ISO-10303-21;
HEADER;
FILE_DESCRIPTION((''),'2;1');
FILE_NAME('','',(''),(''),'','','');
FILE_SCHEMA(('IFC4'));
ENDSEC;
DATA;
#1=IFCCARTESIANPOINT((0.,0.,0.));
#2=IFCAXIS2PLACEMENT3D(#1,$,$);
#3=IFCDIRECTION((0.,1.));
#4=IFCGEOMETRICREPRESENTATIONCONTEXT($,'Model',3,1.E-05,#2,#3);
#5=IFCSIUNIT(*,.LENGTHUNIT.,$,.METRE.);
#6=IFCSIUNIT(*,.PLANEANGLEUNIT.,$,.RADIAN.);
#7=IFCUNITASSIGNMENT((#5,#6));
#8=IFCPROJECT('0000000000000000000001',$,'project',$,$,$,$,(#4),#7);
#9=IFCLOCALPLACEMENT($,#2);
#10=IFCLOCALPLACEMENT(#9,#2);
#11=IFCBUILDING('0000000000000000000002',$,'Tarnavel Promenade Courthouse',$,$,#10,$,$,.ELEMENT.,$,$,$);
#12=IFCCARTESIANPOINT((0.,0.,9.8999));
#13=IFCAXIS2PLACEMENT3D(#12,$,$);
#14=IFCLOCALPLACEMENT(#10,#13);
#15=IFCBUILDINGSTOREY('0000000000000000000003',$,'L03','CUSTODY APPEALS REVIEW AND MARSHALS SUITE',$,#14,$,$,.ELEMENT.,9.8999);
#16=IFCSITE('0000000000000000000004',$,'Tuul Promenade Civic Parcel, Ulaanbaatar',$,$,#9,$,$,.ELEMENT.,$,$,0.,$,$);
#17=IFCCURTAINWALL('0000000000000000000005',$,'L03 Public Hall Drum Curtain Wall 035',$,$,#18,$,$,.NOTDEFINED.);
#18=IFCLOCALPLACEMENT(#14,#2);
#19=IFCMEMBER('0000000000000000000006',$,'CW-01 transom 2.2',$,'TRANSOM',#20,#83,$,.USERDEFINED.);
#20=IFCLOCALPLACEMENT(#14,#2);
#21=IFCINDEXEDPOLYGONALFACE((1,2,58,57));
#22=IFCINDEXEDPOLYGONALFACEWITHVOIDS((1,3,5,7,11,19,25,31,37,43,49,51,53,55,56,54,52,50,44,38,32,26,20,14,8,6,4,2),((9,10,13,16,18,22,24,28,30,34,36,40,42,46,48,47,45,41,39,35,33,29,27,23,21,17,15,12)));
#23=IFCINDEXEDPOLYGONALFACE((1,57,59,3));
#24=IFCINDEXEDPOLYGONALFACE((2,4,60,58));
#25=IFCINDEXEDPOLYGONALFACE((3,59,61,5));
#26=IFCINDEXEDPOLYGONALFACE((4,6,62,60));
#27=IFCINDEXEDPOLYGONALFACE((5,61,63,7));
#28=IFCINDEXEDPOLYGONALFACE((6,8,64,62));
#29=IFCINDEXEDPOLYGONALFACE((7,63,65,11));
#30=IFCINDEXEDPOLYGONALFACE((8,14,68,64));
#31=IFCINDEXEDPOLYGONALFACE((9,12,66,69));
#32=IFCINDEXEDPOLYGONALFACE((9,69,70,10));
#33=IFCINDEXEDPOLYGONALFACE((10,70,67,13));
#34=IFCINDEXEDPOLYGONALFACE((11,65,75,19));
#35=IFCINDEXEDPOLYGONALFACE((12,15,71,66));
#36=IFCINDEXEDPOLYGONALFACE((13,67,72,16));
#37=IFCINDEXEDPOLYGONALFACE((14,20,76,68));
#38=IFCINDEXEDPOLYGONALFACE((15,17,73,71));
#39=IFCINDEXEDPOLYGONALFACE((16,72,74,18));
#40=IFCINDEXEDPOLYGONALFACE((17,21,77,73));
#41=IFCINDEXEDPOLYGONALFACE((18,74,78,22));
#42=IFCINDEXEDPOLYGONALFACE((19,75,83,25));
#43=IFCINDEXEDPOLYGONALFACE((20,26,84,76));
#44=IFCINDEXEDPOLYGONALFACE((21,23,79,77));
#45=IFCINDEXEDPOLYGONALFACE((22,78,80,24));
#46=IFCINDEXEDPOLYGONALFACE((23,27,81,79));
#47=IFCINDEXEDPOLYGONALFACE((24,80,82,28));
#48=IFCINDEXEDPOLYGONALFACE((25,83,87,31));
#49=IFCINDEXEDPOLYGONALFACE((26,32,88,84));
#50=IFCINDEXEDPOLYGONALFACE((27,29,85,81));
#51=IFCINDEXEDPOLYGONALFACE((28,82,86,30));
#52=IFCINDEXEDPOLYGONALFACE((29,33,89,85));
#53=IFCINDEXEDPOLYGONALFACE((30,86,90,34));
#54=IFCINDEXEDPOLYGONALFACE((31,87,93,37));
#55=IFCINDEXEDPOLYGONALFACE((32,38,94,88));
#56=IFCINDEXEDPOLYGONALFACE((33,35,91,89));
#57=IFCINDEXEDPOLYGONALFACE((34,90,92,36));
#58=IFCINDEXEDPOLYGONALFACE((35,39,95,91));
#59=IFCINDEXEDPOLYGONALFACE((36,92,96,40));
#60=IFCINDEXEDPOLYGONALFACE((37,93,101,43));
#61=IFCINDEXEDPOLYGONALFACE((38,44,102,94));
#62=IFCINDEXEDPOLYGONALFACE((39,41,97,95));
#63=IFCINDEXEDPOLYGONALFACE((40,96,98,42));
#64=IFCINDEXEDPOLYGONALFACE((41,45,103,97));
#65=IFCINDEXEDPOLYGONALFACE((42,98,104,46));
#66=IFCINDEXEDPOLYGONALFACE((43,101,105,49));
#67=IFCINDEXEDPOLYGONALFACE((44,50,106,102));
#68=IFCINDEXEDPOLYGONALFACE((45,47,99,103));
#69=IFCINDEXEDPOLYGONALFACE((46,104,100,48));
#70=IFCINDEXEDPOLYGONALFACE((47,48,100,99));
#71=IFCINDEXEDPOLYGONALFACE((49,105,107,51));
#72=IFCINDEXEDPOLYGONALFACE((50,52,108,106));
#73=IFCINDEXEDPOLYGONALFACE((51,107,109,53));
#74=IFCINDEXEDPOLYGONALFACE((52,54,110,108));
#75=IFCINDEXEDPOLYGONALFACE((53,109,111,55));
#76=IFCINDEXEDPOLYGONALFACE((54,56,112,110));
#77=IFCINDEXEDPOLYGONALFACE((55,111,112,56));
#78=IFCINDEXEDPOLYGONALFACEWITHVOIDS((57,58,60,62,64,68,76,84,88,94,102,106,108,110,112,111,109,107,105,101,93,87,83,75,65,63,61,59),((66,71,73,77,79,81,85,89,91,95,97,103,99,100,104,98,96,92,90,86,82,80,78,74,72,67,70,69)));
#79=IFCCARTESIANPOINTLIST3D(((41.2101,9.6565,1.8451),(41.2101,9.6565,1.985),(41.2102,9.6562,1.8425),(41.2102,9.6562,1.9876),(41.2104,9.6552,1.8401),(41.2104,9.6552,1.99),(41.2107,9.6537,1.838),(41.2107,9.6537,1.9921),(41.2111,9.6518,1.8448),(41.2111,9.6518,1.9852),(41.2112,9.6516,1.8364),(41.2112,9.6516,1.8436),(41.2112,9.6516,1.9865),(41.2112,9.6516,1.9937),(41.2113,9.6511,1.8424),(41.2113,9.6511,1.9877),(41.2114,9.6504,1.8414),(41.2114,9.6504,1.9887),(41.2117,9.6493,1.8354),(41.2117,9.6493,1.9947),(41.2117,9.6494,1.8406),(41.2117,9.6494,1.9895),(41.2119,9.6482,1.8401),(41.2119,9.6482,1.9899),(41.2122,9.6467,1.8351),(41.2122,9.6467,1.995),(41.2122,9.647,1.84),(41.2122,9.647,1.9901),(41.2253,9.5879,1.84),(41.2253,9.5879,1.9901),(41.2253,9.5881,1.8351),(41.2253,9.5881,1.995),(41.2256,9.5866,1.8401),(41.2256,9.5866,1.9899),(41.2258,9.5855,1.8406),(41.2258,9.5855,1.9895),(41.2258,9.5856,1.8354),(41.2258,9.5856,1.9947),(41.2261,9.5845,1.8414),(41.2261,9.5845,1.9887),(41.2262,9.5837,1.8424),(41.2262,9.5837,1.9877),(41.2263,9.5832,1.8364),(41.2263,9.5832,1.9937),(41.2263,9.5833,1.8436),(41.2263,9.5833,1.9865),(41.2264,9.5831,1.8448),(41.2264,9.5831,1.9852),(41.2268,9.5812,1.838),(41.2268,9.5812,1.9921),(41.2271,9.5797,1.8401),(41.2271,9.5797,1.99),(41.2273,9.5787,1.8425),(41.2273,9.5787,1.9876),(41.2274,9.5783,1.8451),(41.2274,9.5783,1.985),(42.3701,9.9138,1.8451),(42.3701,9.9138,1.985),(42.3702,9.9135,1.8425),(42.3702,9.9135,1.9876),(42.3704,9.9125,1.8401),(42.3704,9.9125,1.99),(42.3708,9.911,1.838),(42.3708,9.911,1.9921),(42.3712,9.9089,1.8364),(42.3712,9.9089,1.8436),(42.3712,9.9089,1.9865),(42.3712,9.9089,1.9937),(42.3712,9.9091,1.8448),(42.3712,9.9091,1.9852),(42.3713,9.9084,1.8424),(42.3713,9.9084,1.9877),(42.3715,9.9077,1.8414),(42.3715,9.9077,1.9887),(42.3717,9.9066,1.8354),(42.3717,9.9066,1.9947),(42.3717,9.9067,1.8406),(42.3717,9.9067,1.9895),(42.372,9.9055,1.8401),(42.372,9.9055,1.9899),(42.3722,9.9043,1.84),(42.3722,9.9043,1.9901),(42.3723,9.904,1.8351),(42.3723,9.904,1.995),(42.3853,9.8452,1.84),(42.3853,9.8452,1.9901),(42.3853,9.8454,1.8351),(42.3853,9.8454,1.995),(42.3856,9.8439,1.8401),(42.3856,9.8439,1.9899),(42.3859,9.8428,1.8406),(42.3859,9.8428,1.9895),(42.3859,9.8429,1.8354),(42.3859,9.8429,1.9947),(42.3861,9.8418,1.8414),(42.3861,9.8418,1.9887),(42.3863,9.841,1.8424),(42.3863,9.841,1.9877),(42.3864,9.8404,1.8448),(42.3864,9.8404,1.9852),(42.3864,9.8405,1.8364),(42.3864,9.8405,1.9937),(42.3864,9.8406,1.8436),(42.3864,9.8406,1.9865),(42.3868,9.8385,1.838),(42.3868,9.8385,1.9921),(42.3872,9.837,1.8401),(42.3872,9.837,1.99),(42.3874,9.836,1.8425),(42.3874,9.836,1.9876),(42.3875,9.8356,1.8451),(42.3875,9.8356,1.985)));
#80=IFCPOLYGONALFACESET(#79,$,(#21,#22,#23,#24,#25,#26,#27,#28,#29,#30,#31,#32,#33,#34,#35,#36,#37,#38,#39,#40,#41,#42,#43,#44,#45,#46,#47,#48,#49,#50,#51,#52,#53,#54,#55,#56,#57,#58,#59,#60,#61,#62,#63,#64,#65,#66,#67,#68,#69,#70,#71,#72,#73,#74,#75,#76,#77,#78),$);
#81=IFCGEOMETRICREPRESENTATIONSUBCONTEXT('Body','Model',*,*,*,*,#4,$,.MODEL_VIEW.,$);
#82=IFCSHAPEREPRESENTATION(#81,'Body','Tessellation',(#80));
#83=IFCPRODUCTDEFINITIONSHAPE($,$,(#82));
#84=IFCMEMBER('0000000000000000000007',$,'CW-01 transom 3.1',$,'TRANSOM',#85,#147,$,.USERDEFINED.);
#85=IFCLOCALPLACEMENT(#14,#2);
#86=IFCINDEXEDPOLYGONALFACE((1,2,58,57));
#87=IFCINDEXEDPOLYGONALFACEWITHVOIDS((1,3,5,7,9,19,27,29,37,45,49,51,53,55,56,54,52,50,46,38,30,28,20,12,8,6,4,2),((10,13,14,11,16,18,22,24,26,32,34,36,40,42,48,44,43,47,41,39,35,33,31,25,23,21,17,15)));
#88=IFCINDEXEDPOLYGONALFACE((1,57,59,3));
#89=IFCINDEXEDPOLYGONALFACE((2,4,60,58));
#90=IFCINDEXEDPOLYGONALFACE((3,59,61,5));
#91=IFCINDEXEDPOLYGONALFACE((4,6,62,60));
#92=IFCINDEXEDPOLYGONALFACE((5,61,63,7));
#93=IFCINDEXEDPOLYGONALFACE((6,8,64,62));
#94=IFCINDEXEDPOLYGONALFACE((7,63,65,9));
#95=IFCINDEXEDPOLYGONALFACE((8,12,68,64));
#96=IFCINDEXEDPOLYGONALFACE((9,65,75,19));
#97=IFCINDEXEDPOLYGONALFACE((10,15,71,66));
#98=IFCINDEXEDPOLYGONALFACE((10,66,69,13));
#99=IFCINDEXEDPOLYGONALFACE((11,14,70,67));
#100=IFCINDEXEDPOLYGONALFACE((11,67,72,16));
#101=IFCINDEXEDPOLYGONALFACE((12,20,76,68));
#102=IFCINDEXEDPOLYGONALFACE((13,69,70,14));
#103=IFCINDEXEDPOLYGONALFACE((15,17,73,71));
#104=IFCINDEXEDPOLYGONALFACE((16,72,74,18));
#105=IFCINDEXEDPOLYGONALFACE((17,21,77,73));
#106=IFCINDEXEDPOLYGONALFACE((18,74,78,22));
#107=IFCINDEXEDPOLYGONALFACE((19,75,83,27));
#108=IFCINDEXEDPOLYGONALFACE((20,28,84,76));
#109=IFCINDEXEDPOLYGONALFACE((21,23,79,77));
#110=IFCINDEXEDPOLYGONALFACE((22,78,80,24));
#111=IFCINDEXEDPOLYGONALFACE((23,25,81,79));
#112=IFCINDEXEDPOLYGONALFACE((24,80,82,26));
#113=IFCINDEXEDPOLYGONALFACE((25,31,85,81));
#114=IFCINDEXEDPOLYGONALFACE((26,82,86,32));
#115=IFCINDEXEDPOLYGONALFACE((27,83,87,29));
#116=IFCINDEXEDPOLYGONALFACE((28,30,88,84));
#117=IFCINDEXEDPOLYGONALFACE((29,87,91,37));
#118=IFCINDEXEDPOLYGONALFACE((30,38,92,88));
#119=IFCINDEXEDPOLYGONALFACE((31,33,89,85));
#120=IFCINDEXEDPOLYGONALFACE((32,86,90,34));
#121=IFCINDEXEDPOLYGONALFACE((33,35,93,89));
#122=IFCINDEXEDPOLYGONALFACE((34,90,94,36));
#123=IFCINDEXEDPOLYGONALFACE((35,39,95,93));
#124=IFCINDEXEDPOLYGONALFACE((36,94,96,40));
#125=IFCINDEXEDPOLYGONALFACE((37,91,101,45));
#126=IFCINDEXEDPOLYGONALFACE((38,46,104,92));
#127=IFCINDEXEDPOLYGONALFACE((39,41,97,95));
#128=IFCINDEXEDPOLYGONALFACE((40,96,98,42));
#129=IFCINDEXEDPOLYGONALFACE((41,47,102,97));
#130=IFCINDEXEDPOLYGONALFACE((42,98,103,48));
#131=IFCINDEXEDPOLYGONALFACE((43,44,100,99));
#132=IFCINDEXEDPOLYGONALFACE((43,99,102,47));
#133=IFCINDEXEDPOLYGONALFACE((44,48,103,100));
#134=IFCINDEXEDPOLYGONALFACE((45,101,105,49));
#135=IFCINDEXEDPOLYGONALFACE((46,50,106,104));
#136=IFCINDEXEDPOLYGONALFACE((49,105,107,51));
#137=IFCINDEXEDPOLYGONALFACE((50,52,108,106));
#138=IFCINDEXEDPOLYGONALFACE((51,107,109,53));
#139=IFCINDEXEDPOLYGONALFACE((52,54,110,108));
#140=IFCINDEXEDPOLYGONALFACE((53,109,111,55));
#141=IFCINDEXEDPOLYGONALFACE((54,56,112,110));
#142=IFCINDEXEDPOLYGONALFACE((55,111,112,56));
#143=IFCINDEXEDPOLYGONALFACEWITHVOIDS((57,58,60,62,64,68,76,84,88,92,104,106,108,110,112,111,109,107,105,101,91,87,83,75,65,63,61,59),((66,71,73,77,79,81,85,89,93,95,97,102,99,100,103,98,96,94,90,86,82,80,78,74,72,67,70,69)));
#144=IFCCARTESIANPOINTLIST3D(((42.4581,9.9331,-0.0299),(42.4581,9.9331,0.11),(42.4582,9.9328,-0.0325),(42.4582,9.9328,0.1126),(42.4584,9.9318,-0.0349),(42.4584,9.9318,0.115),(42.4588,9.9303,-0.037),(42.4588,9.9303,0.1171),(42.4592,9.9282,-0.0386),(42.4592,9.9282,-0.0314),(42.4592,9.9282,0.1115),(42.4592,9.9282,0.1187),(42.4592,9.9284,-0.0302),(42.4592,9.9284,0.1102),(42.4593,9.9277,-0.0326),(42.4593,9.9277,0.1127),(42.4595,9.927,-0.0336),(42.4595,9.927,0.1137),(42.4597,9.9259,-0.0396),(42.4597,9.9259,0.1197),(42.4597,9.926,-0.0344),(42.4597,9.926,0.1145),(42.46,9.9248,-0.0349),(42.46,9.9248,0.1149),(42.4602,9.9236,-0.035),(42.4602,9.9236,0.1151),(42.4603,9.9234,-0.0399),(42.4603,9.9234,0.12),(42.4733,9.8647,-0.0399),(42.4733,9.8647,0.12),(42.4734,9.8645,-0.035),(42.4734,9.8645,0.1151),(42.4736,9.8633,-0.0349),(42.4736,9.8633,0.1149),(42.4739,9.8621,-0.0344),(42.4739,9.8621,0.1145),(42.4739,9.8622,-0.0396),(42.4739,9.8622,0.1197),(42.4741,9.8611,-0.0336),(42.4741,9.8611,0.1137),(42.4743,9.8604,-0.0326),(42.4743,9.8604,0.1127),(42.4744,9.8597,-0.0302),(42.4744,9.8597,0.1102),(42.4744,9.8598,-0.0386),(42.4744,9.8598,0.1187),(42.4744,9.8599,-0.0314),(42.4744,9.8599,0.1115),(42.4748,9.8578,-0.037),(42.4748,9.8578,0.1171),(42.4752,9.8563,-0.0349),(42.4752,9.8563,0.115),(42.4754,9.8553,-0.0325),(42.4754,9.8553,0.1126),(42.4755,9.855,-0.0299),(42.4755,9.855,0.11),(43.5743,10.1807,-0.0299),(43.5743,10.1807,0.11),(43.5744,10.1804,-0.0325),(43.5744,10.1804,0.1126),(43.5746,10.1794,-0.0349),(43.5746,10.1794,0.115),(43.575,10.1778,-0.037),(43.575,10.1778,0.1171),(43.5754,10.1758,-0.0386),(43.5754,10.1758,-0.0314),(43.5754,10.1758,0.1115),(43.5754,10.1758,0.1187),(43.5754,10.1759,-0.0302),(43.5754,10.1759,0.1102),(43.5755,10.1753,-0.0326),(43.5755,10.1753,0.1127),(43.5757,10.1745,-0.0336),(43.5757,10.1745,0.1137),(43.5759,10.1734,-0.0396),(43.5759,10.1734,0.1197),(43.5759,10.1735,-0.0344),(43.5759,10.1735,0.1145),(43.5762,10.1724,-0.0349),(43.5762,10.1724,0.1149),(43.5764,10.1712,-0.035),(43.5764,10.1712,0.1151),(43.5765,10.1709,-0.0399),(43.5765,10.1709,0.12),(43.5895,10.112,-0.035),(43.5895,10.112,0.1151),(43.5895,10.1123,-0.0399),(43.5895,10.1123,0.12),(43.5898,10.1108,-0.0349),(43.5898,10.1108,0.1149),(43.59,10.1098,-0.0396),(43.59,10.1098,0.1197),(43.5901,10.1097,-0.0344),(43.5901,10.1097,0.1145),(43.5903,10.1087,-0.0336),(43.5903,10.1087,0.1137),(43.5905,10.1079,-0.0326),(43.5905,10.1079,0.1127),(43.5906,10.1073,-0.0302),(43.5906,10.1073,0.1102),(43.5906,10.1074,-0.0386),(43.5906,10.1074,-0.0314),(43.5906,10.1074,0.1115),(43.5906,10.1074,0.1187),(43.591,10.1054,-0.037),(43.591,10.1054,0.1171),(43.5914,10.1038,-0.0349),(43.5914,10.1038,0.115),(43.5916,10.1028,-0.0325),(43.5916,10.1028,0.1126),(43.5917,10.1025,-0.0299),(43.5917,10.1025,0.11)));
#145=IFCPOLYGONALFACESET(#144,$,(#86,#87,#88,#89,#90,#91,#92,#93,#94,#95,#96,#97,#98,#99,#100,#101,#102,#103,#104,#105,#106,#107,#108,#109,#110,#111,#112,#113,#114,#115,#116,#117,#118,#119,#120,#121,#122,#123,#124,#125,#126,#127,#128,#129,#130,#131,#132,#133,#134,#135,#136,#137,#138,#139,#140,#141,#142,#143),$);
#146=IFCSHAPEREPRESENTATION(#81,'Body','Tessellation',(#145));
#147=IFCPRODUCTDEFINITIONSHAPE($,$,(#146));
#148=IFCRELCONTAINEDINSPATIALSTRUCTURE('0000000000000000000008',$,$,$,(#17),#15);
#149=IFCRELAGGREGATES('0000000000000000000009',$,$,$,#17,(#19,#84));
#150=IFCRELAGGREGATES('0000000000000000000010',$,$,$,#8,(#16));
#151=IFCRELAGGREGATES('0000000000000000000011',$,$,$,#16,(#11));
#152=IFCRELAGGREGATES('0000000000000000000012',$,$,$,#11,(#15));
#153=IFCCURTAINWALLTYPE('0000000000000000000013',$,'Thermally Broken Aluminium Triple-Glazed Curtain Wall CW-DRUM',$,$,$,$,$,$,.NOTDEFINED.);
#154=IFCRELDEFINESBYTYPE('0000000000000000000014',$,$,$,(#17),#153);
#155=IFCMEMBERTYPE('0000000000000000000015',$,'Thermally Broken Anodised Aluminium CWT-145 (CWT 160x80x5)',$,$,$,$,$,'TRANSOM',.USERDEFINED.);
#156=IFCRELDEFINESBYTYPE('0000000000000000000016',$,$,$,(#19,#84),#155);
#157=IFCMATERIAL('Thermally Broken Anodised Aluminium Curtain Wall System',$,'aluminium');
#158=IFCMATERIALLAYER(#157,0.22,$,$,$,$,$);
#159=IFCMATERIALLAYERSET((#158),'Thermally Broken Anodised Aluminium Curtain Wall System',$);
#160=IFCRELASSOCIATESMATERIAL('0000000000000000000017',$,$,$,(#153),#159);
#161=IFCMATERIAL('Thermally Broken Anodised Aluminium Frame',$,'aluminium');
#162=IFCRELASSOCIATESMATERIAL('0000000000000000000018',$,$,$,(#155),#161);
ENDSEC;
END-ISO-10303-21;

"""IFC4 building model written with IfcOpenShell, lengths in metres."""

from ifc_helpers import new_model, si_unit, direction, frame, origin, origin_2d, place, context, subcontext, project, spatial, hollow_rectangle, extrude, material, layer, layer_set, material_profile, profile_set, type_object, element, aggregate, save


model = new_model("IFC4")

# Units and contexts
model_context = context("Model", 3, precision=1e-05, world=origin(), true_north=direction((0.0, 1.0)))
body_context = subcontext(model_context, "Body", "Model", "MODEL_VIEW")
ifc_project = project(units=[si_unit("LENGTHUNIT", "METRE"), si_unit("PLANEANGLEUNIT", "RADIAN")], contexts=[model_context])

# Site, building, storey
site_placement = place(None, origin())
site = spatial("IfcSite", under=ifc_project, at=site_placement, Name="Tuul Promenade Civic Parcel, Ulaanbaatar", CompositionType="ELEMENT", RefElevation=0.0)
building_placement = place(site_placement, origin())
building = spatial("IfcBuilding", under=site, at=building_placement, Name="Tarnavel Promenade Courthouse", CompositionType="ELEMENT")
storey_placement = place(building_placement, frame((0.0, 0.0, 9.8999)))
storey = spatial("IfcBuildingStorey", under=building, at=storey_placement, Name="L03", Description="CUSTODY APPEALS REVIEW AND MARSHALS SUITE", CompositionType="ELEMENT", Elevation=9.8999)

# Shared definitions
ifc_material_1 = material(Name="Thermally Broken Anodised Aluminium Curtain Wall System", Category="aluminium")
ifc_layer_1 = layer(ifc_material_1, 0.22)
ifc_layer_set_1 = layer_set([ifc_layer_1], Name="Thermally Broken Anodised Aluminium Curtain Wall System")
curtain_wall_type = type_object("IfcCurtainWallType", Name="Thermally Broken Aluminium Triple-Glazed Curtain Wall CW-DRUM", PredefinedType="NOTDEFINED", material=ifc_layer_set_1)
ifc_material_2 = material(Name="Thermally Broken Anodised Aluminium Frame", Category="aluminium")

# Curtain wall
curtain_wall_1_placement = place(storey_placement, origin())
curtain_wall_1 = element("IfcCurtainWall", 1, at=curtain_wall_1_placement, inside=storey, type_object=curtain_wall_type, Name="L03 Public Hall Drum Curtain Wall 035", PredefinedType="NOTDEFINED")

# Members
ifc_material_profile_1 = material_profile(ifc_material_2, hollow_rectangle(XDim=0.0801, YDim=0.1599, WallThickness=0.0049, InnerFilletRadius=0.0049, OuterFilletRadius=0.01, at=origin_2d()), Name="CWT 160x80x5")
ifc_profile_set_1 = profile_set([ifc_material_profile_1], Name="Thermally Broken Anodised Aluminium Frame")
member_type_1 = type_object("IfcMemberType", Name="Thermally Broken Anodised Aluminium CWT-145 (CWT 160x80x5)", ElementType="TRANSOM", PredefinedType="USERDEFINED", material=ifc_profile_set_1)
member_1_placement = place(storey_placement, frame((41.2188, 9.6174, 1.915), z_axis=(0.976274, 0.216539, 0.0), x_axis=(-0.216539, 0.976274, 0.0)))
member_1 = element("IfcMember", 2, at=member_1_placement, type_object=member_type_1, Name="CW-01 transom 2.2", ObjectType="TRANSOM", PredefinedType="USERDEFINED", context=body_context, shape_type="SweptSolid", body=[
    extrude(hollow_rectangle(XDim=0.0801, YDim=0.1599, WallThickness=0.0049, InnerFilletRadius=0.0049, OuterFilletRadius=0.01, at=origin_2d()), origin(), (0.0, 0.0, 1.0), 1.1882),
])
member_2_placement = place(storey_placement, frame((42.4668, 9.894, 0.04), z_axis=(0.976277, 0.216523, 0.0), x_axis=(-0.216523, 0.976277, 0.0)))
member_2 = element("IfcMember", 3, at=member_2_placement, type_object=member_type_1, Name="CW-01 transom 3.1", ObjectType="TRANSOM", PredefinedType="USERDEFINED", context=body_context, shape_type="SweptSolid", body=[
    extrude(hollow_rectangle(XDim=0.0801, YDim=0.1599, WallThickness=0.0049, InnerFilletRadius=0.0049, OuterFilletRadius=0.01, at=origin_2d()), origin(), (0.0, 0.0, 1.0), 1.1433),
])

aggregate(curtain_wall_1, [member_1, member_2])

save(model, "model.ifc")
